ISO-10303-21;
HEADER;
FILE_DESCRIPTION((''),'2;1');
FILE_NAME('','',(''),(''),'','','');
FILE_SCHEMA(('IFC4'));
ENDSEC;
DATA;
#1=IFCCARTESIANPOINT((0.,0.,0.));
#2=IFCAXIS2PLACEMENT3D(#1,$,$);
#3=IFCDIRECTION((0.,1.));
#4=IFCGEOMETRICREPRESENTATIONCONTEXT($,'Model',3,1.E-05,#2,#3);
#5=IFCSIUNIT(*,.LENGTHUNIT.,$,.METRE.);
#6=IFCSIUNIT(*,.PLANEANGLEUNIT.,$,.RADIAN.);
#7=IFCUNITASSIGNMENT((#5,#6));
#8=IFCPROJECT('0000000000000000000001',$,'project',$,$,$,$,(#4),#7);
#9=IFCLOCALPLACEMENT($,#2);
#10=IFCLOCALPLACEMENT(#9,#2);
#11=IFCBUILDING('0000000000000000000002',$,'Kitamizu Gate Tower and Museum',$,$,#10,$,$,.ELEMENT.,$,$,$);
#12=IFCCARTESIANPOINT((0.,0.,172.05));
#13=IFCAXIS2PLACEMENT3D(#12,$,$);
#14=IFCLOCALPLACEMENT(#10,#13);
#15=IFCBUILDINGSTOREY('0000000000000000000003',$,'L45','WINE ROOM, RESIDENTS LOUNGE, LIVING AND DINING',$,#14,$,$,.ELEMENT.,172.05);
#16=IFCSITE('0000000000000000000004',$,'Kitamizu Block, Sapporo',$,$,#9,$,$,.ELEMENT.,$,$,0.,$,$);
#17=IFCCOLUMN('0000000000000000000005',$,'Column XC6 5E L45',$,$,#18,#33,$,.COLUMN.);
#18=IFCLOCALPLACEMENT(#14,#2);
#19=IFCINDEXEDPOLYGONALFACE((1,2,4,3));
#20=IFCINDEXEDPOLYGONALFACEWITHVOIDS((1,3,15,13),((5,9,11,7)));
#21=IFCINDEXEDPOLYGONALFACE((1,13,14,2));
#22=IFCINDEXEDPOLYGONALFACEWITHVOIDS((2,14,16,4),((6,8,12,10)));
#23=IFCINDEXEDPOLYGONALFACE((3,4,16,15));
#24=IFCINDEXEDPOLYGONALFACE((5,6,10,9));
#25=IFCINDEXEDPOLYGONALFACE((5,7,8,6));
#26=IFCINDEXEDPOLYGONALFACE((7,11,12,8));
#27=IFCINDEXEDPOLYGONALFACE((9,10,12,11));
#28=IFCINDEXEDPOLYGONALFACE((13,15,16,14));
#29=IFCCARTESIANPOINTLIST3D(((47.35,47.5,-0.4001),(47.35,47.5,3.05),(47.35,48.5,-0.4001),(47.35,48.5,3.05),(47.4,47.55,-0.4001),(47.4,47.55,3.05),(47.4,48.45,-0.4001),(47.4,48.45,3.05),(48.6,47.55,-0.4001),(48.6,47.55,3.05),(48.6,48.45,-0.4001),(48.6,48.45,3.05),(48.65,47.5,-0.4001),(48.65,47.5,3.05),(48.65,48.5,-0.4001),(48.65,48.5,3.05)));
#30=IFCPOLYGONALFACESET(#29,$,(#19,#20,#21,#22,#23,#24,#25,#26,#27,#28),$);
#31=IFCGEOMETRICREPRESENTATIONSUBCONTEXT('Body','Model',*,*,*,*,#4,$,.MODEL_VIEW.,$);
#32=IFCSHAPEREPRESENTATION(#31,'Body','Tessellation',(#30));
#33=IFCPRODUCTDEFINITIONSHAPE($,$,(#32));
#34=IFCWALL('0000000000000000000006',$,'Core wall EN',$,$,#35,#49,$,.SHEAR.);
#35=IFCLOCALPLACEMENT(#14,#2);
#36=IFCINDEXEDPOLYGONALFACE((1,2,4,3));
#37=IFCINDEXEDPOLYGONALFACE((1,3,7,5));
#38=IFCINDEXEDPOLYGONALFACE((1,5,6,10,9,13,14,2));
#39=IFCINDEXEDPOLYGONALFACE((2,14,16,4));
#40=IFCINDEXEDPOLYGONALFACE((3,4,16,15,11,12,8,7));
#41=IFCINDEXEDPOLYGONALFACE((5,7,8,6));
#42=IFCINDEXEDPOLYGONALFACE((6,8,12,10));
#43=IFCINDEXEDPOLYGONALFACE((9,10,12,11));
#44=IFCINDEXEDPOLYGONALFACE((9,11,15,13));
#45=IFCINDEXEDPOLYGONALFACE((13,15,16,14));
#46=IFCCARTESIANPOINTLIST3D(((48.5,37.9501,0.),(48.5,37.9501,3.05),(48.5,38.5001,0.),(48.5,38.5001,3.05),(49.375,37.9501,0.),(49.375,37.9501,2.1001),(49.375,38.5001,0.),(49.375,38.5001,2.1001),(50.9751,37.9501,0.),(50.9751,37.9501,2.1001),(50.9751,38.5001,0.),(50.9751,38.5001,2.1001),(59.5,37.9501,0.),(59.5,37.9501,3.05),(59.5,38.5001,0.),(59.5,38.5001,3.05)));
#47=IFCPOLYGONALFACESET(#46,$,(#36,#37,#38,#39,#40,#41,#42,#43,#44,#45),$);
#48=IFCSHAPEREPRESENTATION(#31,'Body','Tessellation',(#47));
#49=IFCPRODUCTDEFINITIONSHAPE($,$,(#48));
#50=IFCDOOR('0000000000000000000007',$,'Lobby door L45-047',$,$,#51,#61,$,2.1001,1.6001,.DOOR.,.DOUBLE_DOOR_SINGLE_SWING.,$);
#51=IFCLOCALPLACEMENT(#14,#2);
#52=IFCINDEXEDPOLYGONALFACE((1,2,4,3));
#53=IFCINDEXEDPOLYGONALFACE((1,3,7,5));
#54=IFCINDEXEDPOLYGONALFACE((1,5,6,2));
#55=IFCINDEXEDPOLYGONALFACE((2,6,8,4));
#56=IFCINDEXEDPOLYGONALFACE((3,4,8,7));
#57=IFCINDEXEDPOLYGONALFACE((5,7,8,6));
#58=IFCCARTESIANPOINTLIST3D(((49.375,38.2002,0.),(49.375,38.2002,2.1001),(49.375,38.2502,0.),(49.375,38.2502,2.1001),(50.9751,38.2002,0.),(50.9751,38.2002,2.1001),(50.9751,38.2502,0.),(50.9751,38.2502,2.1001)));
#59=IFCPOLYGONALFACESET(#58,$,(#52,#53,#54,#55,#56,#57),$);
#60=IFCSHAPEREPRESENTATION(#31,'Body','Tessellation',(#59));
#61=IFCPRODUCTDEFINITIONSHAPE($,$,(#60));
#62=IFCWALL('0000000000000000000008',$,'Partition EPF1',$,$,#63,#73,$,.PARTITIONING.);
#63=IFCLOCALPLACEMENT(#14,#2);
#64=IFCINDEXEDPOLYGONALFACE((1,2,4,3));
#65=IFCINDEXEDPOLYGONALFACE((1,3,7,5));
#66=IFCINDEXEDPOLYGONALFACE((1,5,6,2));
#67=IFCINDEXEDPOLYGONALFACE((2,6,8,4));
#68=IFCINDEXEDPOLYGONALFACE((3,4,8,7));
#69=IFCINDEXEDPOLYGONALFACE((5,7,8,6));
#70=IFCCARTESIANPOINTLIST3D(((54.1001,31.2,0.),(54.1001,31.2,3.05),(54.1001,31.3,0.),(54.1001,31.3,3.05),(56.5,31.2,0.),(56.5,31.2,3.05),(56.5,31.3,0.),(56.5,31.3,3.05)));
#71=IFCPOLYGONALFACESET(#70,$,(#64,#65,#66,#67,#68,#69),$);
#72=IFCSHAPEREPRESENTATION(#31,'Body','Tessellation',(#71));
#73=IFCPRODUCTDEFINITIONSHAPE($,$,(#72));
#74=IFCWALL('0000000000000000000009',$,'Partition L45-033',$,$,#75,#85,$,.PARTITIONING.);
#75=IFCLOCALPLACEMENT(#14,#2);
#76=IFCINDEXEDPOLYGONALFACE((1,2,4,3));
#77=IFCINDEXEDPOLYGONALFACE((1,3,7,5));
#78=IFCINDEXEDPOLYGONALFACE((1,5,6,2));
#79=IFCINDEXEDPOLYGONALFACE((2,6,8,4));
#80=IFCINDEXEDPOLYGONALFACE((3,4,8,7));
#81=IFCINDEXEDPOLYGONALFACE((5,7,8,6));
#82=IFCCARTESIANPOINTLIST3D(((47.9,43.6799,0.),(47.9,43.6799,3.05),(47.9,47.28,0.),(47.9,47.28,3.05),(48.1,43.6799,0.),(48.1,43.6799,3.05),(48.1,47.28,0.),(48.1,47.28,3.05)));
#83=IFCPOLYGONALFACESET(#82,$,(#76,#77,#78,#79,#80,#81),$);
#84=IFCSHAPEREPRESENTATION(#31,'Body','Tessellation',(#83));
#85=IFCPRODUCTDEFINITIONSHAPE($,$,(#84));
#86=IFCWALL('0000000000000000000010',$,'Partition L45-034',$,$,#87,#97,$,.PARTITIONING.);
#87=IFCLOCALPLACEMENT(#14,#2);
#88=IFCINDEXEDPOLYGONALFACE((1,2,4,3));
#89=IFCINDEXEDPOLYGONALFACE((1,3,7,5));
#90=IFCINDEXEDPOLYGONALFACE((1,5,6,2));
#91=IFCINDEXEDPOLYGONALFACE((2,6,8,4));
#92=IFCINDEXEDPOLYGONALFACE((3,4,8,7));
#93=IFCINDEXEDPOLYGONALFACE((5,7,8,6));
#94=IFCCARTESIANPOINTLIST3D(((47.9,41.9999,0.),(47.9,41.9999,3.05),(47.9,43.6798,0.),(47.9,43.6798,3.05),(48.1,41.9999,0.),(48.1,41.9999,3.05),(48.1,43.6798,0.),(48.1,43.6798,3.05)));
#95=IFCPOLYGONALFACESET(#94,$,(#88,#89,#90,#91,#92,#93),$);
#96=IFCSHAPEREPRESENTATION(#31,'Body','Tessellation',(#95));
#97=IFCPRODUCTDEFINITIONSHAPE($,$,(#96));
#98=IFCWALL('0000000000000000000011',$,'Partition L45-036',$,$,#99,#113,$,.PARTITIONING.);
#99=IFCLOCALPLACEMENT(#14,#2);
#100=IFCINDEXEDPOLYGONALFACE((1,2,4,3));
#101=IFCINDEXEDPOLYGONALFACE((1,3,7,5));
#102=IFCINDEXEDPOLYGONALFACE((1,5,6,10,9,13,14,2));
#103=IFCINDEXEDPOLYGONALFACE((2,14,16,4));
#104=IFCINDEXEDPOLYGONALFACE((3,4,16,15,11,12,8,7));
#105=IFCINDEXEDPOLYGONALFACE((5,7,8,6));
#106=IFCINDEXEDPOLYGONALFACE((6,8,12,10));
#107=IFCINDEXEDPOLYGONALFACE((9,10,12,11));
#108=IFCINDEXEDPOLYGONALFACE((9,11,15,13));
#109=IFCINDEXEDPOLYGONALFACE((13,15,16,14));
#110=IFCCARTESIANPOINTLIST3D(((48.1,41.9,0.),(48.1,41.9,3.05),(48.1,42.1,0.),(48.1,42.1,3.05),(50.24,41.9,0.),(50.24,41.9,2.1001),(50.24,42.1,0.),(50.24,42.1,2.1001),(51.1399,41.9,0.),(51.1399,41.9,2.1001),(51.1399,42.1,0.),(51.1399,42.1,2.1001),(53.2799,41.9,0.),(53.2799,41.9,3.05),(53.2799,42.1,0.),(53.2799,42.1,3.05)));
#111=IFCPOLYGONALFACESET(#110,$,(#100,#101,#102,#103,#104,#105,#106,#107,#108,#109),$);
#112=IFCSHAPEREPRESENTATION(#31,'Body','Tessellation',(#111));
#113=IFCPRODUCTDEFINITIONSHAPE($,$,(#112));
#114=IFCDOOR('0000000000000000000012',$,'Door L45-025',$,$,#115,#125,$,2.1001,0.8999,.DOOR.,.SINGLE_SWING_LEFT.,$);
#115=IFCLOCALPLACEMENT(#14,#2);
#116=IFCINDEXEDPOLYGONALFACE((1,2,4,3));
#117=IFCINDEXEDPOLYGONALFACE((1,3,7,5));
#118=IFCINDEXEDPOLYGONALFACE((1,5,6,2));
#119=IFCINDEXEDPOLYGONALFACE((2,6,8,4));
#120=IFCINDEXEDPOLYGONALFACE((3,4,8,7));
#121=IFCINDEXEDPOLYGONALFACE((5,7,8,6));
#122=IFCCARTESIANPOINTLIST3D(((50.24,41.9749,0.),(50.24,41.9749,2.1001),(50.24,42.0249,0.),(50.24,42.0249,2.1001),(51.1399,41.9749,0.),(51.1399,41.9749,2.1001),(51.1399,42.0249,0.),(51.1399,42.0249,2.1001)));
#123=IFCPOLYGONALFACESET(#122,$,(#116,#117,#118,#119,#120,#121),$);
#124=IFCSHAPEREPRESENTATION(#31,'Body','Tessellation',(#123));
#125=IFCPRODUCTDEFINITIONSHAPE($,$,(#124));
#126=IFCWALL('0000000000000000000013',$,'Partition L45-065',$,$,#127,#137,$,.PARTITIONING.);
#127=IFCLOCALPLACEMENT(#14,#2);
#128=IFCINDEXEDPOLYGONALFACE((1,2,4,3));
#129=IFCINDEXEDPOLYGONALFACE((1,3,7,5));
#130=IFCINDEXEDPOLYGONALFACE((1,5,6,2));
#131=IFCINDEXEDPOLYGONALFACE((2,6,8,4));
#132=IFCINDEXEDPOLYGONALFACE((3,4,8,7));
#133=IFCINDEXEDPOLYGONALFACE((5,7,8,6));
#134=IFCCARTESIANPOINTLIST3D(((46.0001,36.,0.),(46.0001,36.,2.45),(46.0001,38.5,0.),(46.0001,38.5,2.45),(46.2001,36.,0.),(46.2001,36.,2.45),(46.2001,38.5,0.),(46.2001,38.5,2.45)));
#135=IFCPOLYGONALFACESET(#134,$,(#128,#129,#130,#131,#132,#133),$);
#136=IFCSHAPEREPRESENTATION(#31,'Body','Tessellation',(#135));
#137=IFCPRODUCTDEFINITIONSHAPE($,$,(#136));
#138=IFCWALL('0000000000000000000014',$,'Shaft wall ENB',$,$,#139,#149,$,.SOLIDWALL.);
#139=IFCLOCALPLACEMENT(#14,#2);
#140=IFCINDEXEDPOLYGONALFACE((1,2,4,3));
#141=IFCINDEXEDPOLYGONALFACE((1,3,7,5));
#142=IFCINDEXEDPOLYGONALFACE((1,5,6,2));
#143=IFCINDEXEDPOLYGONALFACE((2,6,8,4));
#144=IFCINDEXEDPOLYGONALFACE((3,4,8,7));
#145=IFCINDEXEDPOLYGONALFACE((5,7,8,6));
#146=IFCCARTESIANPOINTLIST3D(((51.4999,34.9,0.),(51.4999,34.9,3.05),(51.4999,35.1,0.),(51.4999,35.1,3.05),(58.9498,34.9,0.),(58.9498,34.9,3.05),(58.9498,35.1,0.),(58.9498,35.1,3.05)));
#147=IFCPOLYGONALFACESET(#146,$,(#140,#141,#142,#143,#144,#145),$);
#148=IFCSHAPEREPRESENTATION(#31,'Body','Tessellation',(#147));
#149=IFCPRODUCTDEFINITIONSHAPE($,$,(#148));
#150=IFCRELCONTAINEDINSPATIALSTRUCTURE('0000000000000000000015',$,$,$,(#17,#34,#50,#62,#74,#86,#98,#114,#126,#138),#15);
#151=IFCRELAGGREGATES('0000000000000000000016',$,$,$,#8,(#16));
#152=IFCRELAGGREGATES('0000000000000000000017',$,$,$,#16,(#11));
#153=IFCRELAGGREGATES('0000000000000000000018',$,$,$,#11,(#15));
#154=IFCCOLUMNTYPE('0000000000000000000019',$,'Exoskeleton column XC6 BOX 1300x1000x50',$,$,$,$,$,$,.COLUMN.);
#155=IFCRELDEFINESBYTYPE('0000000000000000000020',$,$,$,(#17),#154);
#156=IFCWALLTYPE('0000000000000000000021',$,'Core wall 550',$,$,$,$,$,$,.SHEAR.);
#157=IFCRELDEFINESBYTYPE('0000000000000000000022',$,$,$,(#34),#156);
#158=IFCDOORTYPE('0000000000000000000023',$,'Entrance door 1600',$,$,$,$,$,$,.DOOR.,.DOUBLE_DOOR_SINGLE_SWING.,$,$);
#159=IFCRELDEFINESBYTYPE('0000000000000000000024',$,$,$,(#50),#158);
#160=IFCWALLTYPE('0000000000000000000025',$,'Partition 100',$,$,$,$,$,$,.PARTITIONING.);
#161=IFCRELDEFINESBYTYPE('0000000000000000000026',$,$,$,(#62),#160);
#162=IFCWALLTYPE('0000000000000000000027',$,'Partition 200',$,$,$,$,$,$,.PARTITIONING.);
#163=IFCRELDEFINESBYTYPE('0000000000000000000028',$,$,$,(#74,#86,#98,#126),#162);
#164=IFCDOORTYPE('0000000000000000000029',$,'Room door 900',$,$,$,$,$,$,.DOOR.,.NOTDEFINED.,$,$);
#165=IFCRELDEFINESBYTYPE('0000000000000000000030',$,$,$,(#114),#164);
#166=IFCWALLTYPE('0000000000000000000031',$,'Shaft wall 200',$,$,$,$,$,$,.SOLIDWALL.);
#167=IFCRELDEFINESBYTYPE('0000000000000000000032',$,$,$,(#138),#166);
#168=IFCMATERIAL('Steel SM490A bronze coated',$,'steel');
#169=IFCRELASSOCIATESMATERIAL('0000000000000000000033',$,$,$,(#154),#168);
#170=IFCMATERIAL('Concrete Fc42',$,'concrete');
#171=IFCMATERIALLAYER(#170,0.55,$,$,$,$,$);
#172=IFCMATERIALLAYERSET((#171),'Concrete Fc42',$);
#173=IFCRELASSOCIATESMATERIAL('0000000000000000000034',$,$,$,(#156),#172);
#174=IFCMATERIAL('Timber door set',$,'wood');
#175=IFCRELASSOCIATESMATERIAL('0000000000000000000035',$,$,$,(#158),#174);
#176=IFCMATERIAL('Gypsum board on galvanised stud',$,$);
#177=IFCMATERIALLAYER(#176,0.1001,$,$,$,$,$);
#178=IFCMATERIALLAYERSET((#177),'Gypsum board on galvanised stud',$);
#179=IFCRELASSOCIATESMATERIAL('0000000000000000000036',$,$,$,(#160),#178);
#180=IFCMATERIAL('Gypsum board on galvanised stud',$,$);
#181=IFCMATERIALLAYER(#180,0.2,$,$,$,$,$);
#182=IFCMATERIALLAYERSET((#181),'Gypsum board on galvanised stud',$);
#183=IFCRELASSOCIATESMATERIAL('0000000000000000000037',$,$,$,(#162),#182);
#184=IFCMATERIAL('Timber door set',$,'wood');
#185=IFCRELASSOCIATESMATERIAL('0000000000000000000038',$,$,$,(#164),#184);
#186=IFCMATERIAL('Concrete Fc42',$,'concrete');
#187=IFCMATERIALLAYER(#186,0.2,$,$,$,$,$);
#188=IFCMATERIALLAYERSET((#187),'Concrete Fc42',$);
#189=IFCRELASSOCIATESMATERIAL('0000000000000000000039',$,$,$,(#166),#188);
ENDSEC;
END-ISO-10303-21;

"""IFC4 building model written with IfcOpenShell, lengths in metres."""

from ifc_helpers import new_model, si_unit, direction, frame, frame_2d, origin, origin_2d, place, context, subcontext, project, spatial, rectangle, hollow_rectangle, extrude, material, layer, layer_set, material_profile, profile_set, type_object, element, fill, save


model = new_model("IFC4")

# Units and contexts
model_context = context("Model", 3, precision=1e-05, world=origin(), true_north=direction((0.0, 1.0)))
body_context = subcontext(model_context, "Body", "Model", "MODEL_VIEW")
ifc_project = project(units=[si_unit("LENGTHUNIT", "METRE"), si_unit("PLANEANGLEUNIT", "RADIAN")], contexts=[model_context])

# Site, building, storey
site_placement = place(None, origin())
site = spatial("IfcSite", under=ifc_project, at=site_placement, Name="Kitamizu Block, Sapporo", CompositionType="ELEMENT", RefElevation=0.0)
building_placement = place(site_placement, origin())
building = spatial("IfcBuilding", under=site, at=building_placement, Name="Kitamizu Gate Tower and Museum", CompositionType="ELEMENT")
storey_placement = place(building_placement, frame((0.0, 0.0, 172.05)))
storey = spatial("IfcBuildingStorey", under=building, at=storey_placement, Name="L45", Description="WINE ROOM, RESIDENTS LOUNGE, LIVING AND DINING", CompositionType="ELEMENT", Elevation=172.05)

# Column
ifc_material_1 = material(Name="Steel SM490A bronze coated", Category="steel")
ifc_material_profile = material_profile(ifc_material_1, hollow_rectangle(XDim=1.3, YDim=1.0, WallThickness=0.05, at=origin_2d()), Name="BOX 1300x1000x50")
ifc_profile_set = profile_set([ifc_material_profile], Name="Steel SM490A bronze coated")
column_type = type_object("IfcColumnType", Name="Exoskeleton column XC6 BOX 1300x1000x50", PredefinedType="COLUMN", material=ifc_profile_set)
column_placement = place(storey_placement, frame((48.0, 48.0, -0.4001), z_axis=(0.0, 0.0, 1.0), x_axis=(1.0, 0.0, 0.0)))
element("IfcColumn", 1, at=column_placement, inside=storey, type_object=column_type, Name="Column XC6 5E L45", PredefinedType="COLUMN", context=body_context, shape_type="SweptSolid", body=[
    extrude(hollow_rectangle(XDim=1.3, YDim=1.0, WallThickness=0.05, at=origin_2d()), origin(), (0.0, 0.0, 1.0), 3.4502),
])

# Wall, opening, door
ifc_material_2 = material(Name="Concrete Fc42", Category="concrete")
ifc_layer_1 = layer(ifc_material_2, 0.55)
ifc_layer_set_1 = layer_set([ifc_layer_1], Name="Concrete Fc42")
wall_type_1 = type_object("IfcWallType", Name="Core wall 550", PredefinedType="SHEAR", material=ifc_layer_set_1)
wall_1_placement = place(storey_placement, frame((59.5, 38.2251, 0.0), z_axis=(0.0, 0.0, 1.0), x_axis=(-1.0, 0.0, 0.0)))
wall_1 = element("IfcWall", 2, at=wall_1_placement, inside=storey, type_object=wall_type_1, Name="Core wall EN", PredefinedType="SHEAR", context=body_context, shape_type="SweptSolid", body=[
    extrude(rectangle(XDim=11.0, YDim=0.55, at=frame_2d((5.5, 0.0))), origin(), (0.0, 0.0, 1.0), 3.05),
])
opening_1_placement = place(wall_1_placement, frame((8.5249, 0.0, 0.0)))
opening_1 = element("IfcOpeningElement", 3, at=opening_1_placement, cuts=wall_1, PredefinedType="OPENING", context=body_context, shape_type="SweptSolid", body=[
    extrude(rectangle(XDim=1.6001, YDim=2.1001, at=frame_2d((0.8, 1.05))), frame((0.0, 0.2852, 0.0), z_axis=(0.0, -1.0, 0.0), x_axis=(1.0, 0.0, 0.0)), (0.0, 0.0, 1.0), 0.5701),
])
ifc_material_3 = material(Name="Timber door set", Category="wood")
door_type_1 = type_object("IfcDoorType", Name="Entrance door 1600", OperationType="DOUBLE_DOOR_SINGLE_SWING", PredefinedType="DOOR", material=ifc_material_3)
door_1_placement = place(opening_1_placement, origin())
door_1 = element("IfcDoor", 4, at=door_1_placement, inside=storey, type_object=door_type_1, Name="Lobby door L45-047", OperationType="DOUBLE_DOOR_SINGLE_SWING", OverallHeight=2.1001, OverallWidth=1.6001, PredefinedType="DOOR", context=body_context, shape_type="SweptSolid", body=[
    extrude(rectangle(XDim=1.6001, YDim=2.1001, at=frame_2d((0.8, 1.05))), frame((0.0, 0.0249, 0.0), z_axis=(0.0, -1.0, 0.0), x_axis=(1.0, 0.0, 0.0)), (0.0, 0.0, 1.0), 0.05),
])
fill(opening_1, door_1)

# Walls
ifc_material_4 = material(Name="Gypsum board on galvanised stud")
ifc_layer_2 = layer(ifc_material_4, 0.1001)
ifc_layer_set_2 = layer_set([ifc_layer_2], Name="Gypsum board on galvanised stud")
wall_type_2 = type_object("IfcWallType", Name="Partition 100", PredefinedType="PARTITIONING", material=ifc_layer_set_2)
wall_2_placement = place(storey_placement, frame((56.5, 31.25, 0.0), z_axis=(0.0, 0.0, 1.0), x_axis=(-1.0, 0.0, 0.0)))
element("IfcWall", 5, at=wall_2_placement, inside=storey, type_object=wall_type_2, Name="Partition EPF1", PredefinedType="PARTITIONING", context=body_context, shape_type="SweptSolid", body=[
    extrude(rectangle(XDim=2.3999, YDim=0.1001, at=frame_2d((1.2, 0.0))), origin(), (0.0, 0.0, 1.0), 3.05),
])
ifc_material_5 = material(Name="Gypsum board on galvanised stud")
ifc_layer_3 = layer(ifc_material_5, 0.2)
ifc_layer_set_3 = layer_set([ifc_layer_3], Name="Gypsum board on galvanised stud")
wall_type_3 = type_object("IfcWallType", Name="Partition 200", PredefinedType="PARTITIONING", material=ifc_layer_set_3)
wall_3_placement = place(storey_placement, frame((48.0, 43.6799, 0.0), z_axis=(0.0, 0.0, 1.0), x_axis=(0.0, 1.0, 0.0)))
element("IfcWall", 6, at=wall_3_placement, inside=storey, type_object=wall_type_3, Name="Partition L45-033", PredefinedType="PARTITIONING", context=body_context, shape_type="SweptSolid", body=[
    extrude(rectangle(XDim=3.6001, YDim=0.2, at=frame_2d((1.8, 0.0))), origin(), (0.0, 0.0, 1.0), 3.05),
])
wall_4_placement = place(storey_placement, frame((48.0, 42.0, 0.0), z_axis=(0.0, 0.0, 1.0), x_axis=(0.0, 1.0, 0.0)))
element("IfcWall", 7, at=wall_4_placement, inside=storey, type_object=wall_type_3, Name="Partition L45-034", PredefinedType="PARTITIONING", context=body_context, shape_type="SweptSolid", body=[
    extrude(rectangle(XDim=1.6799, YDim=0.2, at=frame_2d((0.8398, 0.0))), origin(), (0.0, 0.0, 1.0), 3.05),
])

# Wall, opening, door
wall_5_placement = place(storey_placement, frame((48.1001, 42.0, 0.0), z_axis=(0.0, 0.0, 1.0), x_axis=(1.0, 0.0, 0.0)))
wall_5 = element("IfcWall", 8, at=wall_5_placement, inside=storey, type_object=wall_type_3, Name="Partition L45-036", PredefinedType="PARTITIONING", context=body_context, shape_type="SweptSolid", body=[
    extrude(rectangle(XDim=5.1799, YDim=0.2, at=frame_2d((2.5898, 0.0))), origin(), (0.0, 0.0, 1.0), 3.05),
])
opening_2_placement = place(wall_5_placement, frame((2.1399, 0.0, 0.0)))
opening_2 = element("IfcOpeningElement", 9, at=opening_2_placement, cuts=wall_5, PredefinedType="OPENING", context=body_context, shape_type="SweptSolid", body=[
    extrude(rectangle(XDim=0.8999, YDim=2.1001, at=frame_2d((0.45, 1.05))), frame((0.0, 0.1099, 0.0), z_axis=(0.0, -1.0, 0.0), x_axis=(1.0, 0.0, 0.0)), (0.0, 0.0, 1.0), 0.22),
])
ifc_material_6 = material(Name="Timber door set", Category="wood")
door_type_2 = type_object("IfcDoorType", Name="Room door 900", OperationType="NOTDEFINED", PredefinedType="DOOR", material=ifc_material_6)
door_2_placement = place(opening_2_placement, origin())
door_2 = element("IfcDoor", 10, at=door_2_placement, inside=storey, type_object=door_type_2, Name="Door L45-025", OperationType="SINGLE_SWING_LEFT", OverallHeight=2.1001, OverallWidth=0.8999, PredefinedType="DOOR", context=body_context, shape_type="SweptSolid", body=[
    extrude(rectangle(XDim=0.8999, YDim=2.1001, at=frame_2d((0.45, 1.05))), frame((0.0, 0.0249, 0.0), z_axis=(0.0, -1.0, 0.0), x_axis=(1.0, 0.0, 0.0)), (0.0, 0.0, 1.0), 0.05),
])
fill(opening_2, door_2)

# Walls
wall_6_placement = place(storey_placement, frame((46.1001, 36.0, 0.0), z_axis=(0.0, 0.0, 1.0), x_axis=(0.0, 1.0, 0.0)))
element("IfcWall", 11, at=wall_6_placement, inside=storey, type_object=wall_type_3, Name="Partition L45-065", PredefinedType="PARTITIONING", context=body_context, shape_type="SweptSolid", body=[
    extrude(rectangle(XDim=2.5, YDim=0.2, at=frame_2d((1.25, 0.0))), origin(), (0.0, 0.0, 1.0), 2.45),
])
ifc_material_7 = material(Name="Concrete Fc42", Category="concrete")
ifc_layer_4 = layer(ifc_material_7, 0.2)
ifc_layer_set_4 = layer_set([ifc_layer_4], Name="Concrete Fc42")
wall_type_4 = type_object("IfcWallType", Name="Shaft wall 200", PredefinedType="SOLIDWALL", material=ifc_layer_set_4)
wall_7_placement = place(storey_placement, frame((58.95, 35.0, 0.0), z_axis=(0.0, 0.0, 1.0), x_axis=(-1.0, 0.0, 0.0)))
element("IfcWall", 12, at=wall_7_placement, inside=storey, type_object=wall_type_4, Name="Shaft wall ENB", PredefinedType="SOLIDWALL", context=body_context, shape_type="SweptSolid", body=[
    extrude(rectangle(XDim=7.45, YDim=0.2, at=frame_2d((3.7251, 0.0))), origin(), (0.0, 0.0, 1.0), 3.05),
])

save(model, "model.ifc")
